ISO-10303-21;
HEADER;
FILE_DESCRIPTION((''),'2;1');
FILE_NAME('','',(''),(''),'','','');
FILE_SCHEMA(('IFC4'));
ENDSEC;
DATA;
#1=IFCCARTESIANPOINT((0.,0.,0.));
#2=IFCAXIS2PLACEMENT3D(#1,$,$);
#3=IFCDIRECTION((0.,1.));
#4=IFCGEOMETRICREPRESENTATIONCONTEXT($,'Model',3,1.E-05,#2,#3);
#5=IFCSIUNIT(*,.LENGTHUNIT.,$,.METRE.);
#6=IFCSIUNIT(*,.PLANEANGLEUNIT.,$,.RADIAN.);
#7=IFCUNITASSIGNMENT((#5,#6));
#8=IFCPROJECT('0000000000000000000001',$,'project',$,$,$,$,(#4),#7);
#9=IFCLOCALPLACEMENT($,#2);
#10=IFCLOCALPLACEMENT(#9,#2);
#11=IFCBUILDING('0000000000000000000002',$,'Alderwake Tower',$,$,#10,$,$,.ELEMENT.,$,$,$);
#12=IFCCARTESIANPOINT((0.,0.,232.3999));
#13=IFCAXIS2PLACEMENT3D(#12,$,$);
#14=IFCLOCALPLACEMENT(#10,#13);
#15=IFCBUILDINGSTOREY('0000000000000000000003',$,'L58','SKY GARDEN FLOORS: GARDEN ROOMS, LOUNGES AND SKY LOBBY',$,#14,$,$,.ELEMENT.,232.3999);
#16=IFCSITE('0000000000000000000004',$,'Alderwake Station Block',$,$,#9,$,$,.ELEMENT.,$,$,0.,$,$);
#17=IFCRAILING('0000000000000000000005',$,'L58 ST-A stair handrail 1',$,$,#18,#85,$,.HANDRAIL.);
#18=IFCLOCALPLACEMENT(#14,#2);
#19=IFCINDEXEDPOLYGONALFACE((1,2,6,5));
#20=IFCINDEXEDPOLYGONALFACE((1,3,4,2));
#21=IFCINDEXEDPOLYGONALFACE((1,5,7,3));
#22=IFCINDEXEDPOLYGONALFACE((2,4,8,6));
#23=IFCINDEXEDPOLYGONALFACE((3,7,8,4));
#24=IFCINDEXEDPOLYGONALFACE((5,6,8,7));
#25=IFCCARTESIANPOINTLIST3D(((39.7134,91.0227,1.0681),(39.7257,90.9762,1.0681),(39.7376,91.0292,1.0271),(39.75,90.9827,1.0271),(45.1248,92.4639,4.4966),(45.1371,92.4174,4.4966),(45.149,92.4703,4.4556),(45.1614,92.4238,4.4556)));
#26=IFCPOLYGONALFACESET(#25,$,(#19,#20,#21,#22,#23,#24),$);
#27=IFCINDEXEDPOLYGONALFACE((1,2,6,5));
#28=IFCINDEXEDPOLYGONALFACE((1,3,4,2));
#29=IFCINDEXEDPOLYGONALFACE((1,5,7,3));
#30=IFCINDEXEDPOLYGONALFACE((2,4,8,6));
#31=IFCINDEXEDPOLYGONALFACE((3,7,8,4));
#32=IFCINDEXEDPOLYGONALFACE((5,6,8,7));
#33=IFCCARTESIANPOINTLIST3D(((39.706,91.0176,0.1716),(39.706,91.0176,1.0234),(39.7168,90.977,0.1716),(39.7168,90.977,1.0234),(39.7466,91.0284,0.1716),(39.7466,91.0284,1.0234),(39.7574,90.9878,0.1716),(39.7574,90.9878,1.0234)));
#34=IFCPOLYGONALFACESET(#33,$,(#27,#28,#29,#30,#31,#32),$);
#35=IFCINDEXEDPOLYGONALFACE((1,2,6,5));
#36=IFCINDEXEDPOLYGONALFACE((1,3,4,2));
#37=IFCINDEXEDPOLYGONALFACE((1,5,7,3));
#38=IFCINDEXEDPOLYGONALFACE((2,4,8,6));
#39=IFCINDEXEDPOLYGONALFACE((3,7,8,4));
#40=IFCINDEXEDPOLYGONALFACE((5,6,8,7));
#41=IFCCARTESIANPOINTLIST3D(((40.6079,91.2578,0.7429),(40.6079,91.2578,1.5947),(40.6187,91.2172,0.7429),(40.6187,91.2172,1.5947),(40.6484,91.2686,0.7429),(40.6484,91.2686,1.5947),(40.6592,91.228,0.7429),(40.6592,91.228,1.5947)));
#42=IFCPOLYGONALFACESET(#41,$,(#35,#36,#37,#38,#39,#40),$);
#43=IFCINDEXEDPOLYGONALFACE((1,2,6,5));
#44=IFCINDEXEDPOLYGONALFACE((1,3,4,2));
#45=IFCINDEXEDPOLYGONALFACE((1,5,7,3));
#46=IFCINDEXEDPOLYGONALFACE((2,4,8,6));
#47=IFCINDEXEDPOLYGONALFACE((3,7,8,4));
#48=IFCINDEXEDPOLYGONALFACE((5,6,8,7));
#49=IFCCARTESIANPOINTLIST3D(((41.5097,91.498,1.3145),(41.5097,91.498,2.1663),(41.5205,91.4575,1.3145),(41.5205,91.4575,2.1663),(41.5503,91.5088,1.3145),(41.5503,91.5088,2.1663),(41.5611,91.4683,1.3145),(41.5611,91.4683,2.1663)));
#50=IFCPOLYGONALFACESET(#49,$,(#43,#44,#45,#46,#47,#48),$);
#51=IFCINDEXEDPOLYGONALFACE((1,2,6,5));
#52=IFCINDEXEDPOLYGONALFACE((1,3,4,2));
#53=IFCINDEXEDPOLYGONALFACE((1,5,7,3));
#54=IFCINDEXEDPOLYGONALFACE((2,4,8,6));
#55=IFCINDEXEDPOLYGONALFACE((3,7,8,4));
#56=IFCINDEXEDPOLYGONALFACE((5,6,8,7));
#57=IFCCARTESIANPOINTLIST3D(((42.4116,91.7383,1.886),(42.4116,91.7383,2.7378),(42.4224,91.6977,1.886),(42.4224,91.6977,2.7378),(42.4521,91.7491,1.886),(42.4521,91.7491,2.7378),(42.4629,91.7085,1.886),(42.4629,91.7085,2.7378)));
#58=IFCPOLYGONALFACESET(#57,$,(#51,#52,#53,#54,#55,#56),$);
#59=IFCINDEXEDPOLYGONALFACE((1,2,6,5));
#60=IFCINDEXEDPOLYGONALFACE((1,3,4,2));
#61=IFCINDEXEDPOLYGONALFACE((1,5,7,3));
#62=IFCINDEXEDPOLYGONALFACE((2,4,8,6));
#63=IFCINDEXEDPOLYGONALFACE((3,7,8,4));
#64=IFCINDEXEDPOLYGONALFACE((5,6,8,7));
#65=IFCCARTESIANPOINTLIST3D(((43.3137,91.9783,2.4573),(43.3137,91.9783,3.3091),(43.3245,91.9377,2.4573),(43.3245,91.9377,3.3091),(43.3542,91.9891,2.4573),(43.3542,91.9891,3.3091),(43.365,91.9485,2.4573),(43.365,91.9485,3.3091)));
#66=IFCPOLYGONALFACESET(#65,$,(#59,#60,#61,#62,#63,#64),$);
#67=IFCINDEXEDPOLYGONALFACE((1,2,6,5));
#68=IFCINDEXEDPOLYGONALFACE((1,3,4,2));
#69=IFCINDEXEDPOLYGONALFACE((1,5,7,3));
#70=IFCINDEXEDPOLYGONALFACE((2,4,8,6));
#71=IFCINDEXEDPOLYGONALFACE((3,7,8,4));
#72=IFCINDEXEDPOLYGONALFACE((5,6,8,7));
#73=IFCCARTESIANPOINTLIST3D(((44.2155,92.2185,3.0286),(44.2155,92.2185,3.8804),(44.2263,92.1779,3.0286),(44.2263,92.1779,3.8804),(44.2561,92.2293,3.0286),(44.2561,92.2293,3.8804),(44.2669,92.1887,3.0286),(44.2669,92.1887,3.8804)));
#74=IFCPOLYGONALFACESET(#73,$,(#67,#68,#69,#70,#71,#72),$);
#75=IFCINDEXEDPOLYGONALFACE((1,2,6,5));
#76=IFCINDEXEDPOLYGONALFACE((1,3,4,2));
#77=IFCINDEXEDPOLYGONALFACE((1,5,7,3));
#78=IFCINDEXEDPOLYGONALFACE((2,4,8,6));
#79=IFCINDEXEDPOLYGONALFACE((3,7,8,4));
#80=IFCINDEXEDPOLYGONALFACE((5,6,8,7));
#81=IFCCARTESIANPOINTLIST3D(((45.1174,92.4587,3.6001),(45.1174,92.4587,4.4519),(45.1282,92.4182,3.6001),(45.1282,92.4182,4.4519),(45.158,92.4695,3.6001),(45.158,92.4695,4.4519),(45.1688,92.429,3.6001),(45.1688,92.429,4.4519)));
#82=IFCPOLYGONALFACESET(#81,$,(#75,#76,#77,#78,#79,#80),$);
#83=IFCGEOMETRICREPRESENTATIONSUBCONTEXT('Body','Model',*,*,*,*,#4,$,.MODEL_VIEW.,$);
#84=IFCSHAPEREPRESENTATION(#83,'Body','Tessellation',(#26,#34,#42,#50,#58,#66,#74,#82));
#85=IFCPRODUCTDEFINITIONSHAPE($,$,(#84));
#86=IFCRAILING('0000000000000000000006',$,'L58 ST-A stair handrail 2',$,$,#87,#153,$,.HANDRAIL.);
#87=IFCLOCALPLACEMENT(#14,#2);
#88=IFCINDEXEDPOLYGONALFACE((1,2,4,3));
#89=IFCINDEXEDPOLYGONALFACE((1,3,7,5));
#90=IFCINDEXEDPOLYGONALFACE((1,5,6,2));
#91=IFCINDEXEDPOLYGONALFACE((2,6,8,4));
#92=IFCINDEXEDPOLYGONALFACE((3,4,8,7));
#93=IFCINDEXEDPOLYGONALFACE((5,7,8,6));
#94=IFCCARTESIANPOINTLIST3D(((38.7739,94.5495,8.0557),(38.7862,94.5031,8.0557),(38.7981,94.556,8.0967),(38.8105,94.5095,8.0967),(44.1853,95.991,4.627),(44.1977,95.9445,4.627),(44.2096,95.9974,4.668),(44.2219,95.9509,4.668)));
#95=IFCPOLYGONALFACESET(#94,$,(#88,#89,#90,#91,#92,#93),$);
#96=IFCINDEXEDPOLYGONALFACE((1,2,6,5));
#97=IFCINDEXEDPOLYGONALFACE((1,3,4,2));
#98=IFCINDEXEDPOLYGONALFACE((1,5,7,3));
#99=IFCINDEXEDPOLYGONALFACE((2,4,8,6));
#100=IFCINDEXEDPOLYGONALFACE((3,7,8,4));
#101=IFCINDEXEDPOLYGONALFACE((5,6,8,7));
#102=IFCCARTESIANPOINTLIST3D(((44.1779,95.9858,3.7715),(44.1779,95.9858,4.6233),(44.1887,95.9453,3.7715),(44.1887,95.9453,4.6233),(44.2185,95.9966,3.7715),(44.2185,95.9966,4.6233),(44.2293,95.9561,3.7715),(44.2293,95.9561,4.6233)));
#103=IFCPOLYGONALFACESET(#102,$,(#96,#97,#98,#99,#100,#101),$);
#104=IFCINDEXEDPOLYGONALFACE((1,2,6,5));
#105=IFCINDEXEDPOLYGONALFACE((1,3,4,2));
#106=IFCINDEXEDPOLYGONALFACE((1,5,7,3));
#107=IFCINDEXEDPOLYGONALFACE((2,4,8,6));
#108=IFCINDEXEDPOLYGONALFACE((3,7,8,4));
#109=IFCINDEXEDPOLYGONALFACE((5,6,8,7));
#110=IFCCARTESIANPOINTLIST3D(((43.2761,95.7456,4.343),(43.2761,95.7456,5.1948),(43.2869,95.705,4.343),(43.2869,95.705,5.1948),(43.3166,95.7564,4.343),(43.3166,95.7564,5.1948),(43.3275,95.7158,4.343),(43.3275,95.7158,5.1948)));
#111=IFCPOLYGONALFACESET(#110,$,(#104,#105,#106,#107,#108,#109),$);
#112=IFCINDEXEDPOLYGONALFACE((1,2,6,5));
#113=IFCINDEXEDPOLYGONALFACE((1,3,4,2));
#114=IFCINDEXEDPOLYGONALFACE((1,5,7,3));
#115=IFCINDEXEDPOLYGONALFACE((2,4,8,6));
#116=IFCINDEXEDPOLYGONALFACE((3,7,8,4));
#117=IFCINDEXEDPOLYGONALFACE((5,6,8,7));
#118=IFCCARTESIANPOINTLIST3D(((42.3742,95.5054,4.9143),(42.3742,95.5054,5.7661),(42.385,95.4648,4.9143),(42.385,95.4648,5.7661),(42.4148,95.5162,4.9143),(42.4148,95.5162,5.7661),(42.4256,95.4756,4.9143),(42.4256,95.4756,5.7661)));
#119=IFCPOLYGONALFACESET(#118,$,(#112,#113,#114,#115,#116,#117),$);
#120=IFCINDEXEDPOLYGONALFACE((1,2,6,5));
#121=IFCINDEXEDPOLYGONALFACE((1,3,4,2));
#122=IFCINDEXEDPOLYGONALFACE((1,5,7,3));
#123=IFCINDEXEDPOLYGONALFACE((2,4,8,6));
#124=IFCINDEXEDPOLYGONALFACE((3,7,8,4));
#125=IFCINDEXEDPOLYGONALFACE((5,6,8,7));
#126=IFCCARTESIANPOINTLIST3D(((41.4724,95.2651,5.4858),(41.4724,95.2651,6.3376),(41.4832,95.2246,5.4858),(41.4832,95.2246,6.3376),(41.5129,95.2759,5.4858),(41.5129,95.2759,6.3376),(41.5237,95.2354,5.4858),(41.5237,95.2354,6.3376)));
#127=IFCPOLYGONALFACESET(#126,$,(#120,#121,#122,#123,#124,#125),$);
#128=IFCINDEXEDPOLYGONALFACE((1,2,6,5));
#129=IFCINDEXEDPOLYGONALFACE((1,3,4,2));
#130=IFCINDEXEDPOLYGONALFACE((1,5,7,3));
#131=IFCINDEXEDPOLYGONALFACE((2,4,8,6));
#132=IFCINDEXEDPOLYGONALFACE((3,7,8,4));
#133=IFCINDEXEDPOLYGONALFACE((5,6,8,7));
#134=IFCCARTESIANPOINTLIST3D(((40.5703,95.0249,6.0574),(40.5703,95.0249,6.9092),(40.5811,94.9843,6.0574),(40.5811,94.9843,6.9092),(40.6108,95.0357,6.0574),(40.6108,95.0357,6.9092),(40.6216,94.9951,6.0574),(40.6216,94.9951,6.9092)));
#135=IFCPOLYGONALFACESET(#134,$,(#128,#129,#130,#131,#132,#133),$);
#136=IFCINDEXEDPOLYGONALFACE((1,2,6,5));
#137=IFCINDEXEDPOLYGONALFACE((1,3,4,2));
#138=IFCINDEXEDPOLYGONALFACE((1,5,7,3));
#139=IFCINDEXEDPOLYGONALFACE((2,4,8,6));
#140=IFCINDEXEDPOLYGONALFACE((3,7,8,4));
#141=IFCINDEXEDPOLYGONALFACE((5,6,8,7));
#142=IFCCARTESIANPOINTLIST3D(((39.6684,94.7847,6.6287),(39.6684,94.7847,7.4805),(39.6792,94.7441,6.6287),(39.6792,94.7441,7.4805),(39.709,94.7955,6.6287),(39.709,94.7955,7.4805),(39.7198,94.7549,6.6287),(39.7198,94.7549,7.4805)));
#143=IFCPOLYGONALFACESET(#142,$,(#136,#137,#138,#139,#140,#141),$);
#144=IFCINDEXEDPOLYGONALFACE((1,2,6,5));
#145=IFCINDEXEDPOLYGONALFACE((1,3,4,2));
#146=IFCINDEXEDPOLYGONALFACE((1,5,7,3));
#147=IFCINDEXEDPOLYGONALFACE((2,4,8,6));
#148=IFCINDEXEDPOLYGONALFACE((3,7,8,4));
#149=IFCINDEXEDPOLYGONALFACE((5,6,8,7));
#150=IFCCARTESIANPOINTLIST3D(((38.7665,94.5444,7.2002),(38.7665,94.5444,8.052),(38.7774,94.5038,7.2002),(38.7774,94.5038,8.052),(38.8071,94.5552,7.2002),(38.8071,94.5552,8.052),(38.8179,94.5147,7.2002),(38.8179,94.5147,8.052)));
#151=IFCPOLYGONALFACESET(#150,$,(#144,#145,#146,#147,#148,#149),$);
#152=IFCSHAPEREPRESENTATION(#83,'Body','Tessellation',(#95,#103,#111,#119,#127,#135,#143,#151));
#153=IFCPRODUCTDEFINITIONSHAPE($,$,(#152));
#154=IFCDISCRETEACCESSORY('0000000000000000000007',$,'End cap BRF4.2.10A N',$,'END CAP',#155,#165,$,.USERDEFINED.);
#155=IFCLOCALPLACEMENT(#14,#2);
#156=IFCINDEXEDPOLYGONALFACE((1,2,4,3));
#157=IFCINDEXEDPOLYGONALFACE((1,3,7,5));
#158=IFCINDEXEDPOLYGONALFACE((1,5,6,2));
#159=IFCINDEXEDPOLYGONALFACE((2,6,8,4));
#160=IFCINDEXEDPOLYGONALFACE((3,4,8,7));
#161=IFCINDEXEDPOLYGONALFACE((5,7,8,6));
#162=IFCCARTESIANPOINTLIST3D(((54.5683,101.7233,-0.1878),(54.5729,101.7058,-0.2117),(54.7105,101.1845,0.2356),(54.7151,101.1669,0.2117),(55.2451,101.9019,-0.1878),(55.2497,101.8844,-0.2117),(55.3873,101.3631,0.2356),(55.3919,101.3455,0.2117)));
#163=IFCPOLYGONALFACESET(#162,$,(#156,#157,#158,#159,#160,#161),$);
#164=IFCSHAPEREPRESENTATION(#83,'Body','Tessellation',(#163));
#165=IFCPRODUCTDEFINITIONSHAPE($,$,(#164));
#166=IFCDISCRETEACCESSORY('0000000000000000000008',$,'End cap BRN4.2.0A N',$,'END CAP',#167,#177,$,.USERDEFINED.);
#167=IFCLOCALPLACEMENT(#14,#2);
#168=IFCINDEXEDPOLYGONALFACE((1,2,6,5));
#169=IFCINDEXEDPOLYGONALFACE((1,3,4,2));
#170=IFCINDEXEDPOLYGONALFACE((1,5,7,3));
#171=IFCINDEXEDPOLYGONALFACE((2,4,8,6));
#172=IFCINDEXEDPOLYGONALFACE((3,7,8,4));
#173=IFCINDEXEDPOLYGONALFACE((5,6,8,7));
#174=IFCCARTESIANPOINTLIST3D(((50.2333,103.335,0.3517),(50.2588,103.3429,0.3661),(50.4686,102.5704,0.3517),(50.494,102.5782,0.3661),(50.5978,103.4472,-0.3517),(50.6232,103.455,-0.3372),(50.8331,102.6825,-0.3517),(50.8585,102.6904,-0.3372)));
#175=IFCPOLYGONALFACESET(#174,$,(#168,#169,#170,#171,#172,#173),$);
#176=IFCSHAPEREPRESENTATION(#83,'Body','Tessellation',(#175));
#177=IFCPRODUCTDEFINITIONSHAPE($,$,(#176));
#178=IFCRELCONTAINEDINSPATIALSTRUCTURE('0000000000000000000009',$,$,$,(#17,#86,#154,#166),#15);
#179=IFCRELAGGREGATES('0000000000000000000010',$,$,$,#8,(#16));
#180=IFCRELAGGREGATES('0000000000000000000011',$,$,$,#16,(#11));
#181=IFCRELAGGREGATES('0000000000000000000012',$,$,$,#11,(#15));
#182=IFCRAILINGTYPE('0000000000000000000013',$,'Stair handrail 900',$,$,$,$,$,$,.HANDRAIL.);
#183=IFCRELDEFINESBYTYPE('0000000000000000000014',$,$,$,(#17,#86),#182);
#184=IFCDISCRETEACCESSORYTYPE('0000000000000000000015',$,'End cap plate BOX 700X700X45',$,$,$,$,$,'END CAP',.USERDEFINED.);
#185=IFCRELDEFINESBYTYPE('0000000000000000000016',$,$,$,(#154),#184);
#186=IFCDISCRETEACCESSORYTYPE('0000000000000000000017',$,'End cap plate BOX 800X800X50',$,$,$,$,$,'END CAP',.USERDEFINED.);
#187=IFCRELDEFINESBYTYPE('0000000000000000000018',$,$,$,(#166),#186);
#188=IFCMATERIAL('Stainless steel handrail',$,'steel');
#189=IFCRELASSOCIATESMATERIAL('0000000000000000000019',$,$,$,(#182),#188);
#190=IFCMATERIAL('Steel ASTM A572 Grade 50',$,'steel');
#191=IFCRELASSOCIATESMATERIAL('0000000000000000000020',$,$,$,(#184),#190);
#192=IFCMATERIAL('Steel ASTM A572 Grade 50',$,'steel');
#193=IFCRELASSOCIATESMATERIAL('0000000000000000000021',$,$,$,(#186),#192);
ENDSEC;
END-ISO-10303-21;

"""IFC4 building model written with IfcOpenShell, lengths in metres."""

from ifc_helpers import new_model, si_unit, direction, frame, origin, origin_2d, place, context, subcontext, project, spatial, rectangle, extrude, material, material_profile, profile_set, type_object, element, save


model = new_model("IFC4")

# Units and contexts
model_context = context("Model", 3, precision=1e-05, world=origin(), true_north=direction((0.0, 1.0)))
body_context = subcontext(model_context, "Body", "Model", "MODEL_VIEW")
ifc_project = project(units=[si_unit("LENGTHUNIT", "METRE"), si_unit("PLANEANGLEUNIT", "RADIAN")], contexts=[model_context])

# Site, building, storey
site_placement = place(None, origin())
site = spatial("IfcSite", under=ifc_project, at=site_placement, Name="Alderwake Station Block", CompositionType="ELEMENT", RefElevation=0.0)
building_placement = place(site_placement, origin())
building = spatial("IfcBuilding", under=site, at=building_placement, Name="Alderwake Tower", CompositionType="ELEMENT")
storey_placement = place(building_placement, frame((0.0, 0.0, 232.3999)))
storey = spatial("IfcBuildingStorey", under=building, at=storey_placement, Name="L58", Description="SKY GARDEN FLOORS: GARDEN ROOMS, LOUNGES AND SKY LOBBY", CompositionType="ELEMENT", Elevation=232.3999)

# Railings
ifc_material_1 = material(Name="Stainless steel handrail", Category="steel")
railing_type_1 = type_object("IfcRailingType", Name="Stair handrail 900", PredefinedType="HANDRAIL", material=ifc_material_1)
railing_1_placement = place(storey_placement, frame((39.7317, 91.0027, 0.1716)))
element("IfcRailing", 1, at=railing_1_placement, inside=storey, type_object=railing_type_1, Name="L58 ST-A stair handrail 1", PredefinedType="HANDRAIL", context=body_context, shape_type="SweptSolid", body=[
    extrude(rectangle(XDim=0.0481, YDim=0.0481, at=origin_2d()), frame((0.0, 0.0, 0.876), z_axis=(0.824132, 0.219484, 0.522143), x_axis=(-0.257351, 0.966318, 0.0)), (0.0, 0.0, 1.0), 6.5662),
    extrude(rectangle(XDim=0.042, YDim=0.042, at=origin_2d()), frame((0.0, 0.0, 0.0), z_axis=(0.0, 0.0, 1.0), x_axis=(0.966318, 0.257351, 0.0)), (0.0, 0.0, 1.0), 0.8518),
    extrude(rectangle(XDim=0.042, YDim=0.042, at=origin_2d()), frame((0.9019, 0.2402, 0.5713), z_axis=(0.0, 0.0, 1.0), x_axis=(0.966318, 0.257351, 0.0)), (0.0, 0.0, 1.0), 0.8518),
    extrude(rectangle(XDim=0.042, YDim=0.042, at=origin_2d()), frame((1.8037, 0.4805, 1.1428), z_axis=(0.0, 0.0, 1.0), x_axis=(0.966318, 0.257351, 0.0)), (0.0, 0.0, 1.0), 0.8518),
    extrude(rectangle(XDim=0.042, YDim=0.042, at=origin_2d()), frame((2.7056, 0.7207, 1.7144), z_axis=(0.0, 0.0, 1.0), x_axis=(0.966318, 0.257351, 0.0)), (0.0, 0.0, 1.0), 0.8518),
    extrude(rectangle(XDim=0.042, YDim=0.042, at=origin_2d()), frame((3.6077, 0.9607, 2.2856), z_axis=(0.0, 0.0, 1.0), x_axis=(0.966318, 0.257351, 0.0)), (0.0, 0.0, 1.0), 0.8518),
    extrude(rectangle(XDim=0.042, YDim=0.042, at=origin_2d()), frame((4.5095, 1.2009, 2.8569), z_axis=(0.0, 0.0, 1.0), x_axis=(0.966318, 0.257351, 0.0)), (0.0, 0.0, 1.0), 0.8518),
    extrude(rectangle(XDim=0.042, YDim=0.042, at=origin_2d()), frame((5.4114, 1.4412, 3.4285), z_axis=(0.0, 0.0, 1.0), x_axis=(0.966318, 0.257351, 0.0)), (0.0, 0.0, 1.0), 0.8518),
])
railing_2_placement = place(storey_placement, frame((44.2036, 95.9709, 3.7715)))
element("IfcRailing", 2, at=railing_2_placement, inside=storey, type_object=railing_type_1, Name="L58 ST-A stair handrail 2", PredefinedType="HANDRAIL", context=body_context, shape_type="SweptSolid", body=[
    extrude(rectangle(XDim=0.0481, YDim=0.0481, at=origin_2d()), frame((0.0, 0.0, 0.876), z_axis=(-0.82411, -0.219515, 0.522165), x_axis=(0.257391, -0.966307, 0.0)), (0.0, 0.0, 1.0), 6.5664),
    extrude(rectangle(XDim=0.042, YDim=0.042, at=origin_2d()), frame((0.0, 0.0, 0.0), z_axis=(0.0, 0.0, 1.0), x_axis=(-0.966307, -0.257391, 0.0)), (0.0, 0.0, 1.0), 0.8518),
    extrude(rectangle(XDim=0.042, YDim=0.042, at=origin_2d()), frame((-0.9019, -0.2402, 0.5715), z_axis=(0.0, 0.0, 1.0), x_axis=(-0.966307, -0.257391, 0.0)), (0.0, 0.0, 1.0), 0.8518),
    extrude(rectangle(XDim=0.042, YDim=0.042, at=origin_2d()), frame((-1.8037, -0.4805, 1.1428), z_axis=(0.0, 0.0, 1.0), x_axis=(-0.966307, -0.257391, 0.0)), (0.0, 0.0, 1.0), 0.8518),
    extrude(rectangle(XDim=0.042, YDim=0.042, at=origin_2d()), frame((-2.7056, -0.7207, 1.7144), z_axis=(0.0, 0.0, 1.0), x_axis=(-0.966307, -0.257391, 0.0)), (0.0, 0.0, 1.0), 0.8518),
    extrude(rectangle(XDim=0.042, YDim=0.042, at=origin_2d()), frame((-3.6077, -0.9609, 2.2859), z_axis=(0.0, 0.0, 1.0), x_axis=(-0.966307, -0.257391, 0.0)), (0.0, 0.0, 1.0), 0.8518),
    extrude(rectangle(XDim=0.042, YDim=0.042, at=origin_2d()), frame((-4.5095, -1.2012, 2.8572), z_axis=(0.0, 0.0, 1.0), x_axis=(-0.966307, -0.257391, 0.0)), (0.0, 0.0, 1.0), 0.8518),
    extrude(rectangle(XDim=0.042, YDim=0.042, at=origin_2d()), frame((-5.4114, -1.4414, 3.4287), z_axis=(0.0, 0.0, 1.0), x_axis=(-0.966307, -0.257391, 0.0)), (0.0, 0.0, 1.0), 0.8518),
])

# Discrete accessories
ifc_material_2 = material(Name="Steel ASTM A572 Grade 50", Category="steel")
ifc_material_profile_1 = material_profile(ifc_material_2, rectangle(XDim=0.7, YDim=0.7, at=origin_2d()), Name="BOX 700X700X45 cap")
ifc_profile_set_1 = profile_set([ifc_material_profile_1], Name="Steel ASTM A572 Grade 50")
discrete_accessory_type_1 = type_object("IfcDiscreteAccessoryType", Name="End cap plate BOX 700X700X45", ElementType="END CAP", PredefinedType="USERDEFINED", material=ifc_profile_set_1)
discrete_accessory_1_placement = place(storey_placement, frame((54.9824, 101.5256, 0.0), z_axis=(-0.15437, 0.584979, 0.796222), x_axis=(-0.9669, -0.255154, 0.0)))
element("IfcDiscreteAccessory", 3, at=discrete_accessory_1_placement, inside=storey, type_object=discrete_accessory_type_1, Name="End cap BRF4.2.10A N", ObjectType="END CAP", PredefinedType="USERDEFINED", context=body_context, shape_type="SweptSolid", body=[
    extrude(rectangle(XDim=0.7, YDim=0.7, at=origin_2d()), origin(), (0.0, 0.0, 1.0), 0.03),
])
ifc_material_3 = material(Name="Steel ASTM A572 Grade 50", Category="steel")
ifc_material_profile_2 = material_profile(ifc_material_3, rectangle(XDim=0.8, YDim=0.8, at=origin_2d()), Name="BOX 800X800X50 cap")
ifc_profile_set_2 = profile_set([ifc_material_profile_2], Name="Steel ASTM A572 Grade 50")
discrete_accessory_type_2 = type_object("IfcDiscreteAccessoryType", Name="End cap plate BOX 800X800X50", ElementType="END CAP", PredefinedType="USERDEFINED", material=ifc_profile_set_2)
discrete_accessory_2_placement = place(storey_placement, frame((50.5332, 103.0088, 0.0), z_axis=(0.840214, 0.258527, 0.47666), x_axis=(-0.294086, 0.955779, 0.0)))
element("IfcDiscreteAccessory", 4, at=discrete_accessory_2_placement, inside=storey, type_object=discrete_accessory_type_2, Name="End cap BRN4.2.0A N", ObjectType="END CAP", PredefinedType="USERDEFINED", context=body_context, shape_type="SweptSolid", body=[
    extrude(rectangle(XDim=0.8, YDim=0.8, at=origin_2d()), origin(), (0.0, 0.0, 1.0), 0.0303),
])

save(model, "model.ifc")
